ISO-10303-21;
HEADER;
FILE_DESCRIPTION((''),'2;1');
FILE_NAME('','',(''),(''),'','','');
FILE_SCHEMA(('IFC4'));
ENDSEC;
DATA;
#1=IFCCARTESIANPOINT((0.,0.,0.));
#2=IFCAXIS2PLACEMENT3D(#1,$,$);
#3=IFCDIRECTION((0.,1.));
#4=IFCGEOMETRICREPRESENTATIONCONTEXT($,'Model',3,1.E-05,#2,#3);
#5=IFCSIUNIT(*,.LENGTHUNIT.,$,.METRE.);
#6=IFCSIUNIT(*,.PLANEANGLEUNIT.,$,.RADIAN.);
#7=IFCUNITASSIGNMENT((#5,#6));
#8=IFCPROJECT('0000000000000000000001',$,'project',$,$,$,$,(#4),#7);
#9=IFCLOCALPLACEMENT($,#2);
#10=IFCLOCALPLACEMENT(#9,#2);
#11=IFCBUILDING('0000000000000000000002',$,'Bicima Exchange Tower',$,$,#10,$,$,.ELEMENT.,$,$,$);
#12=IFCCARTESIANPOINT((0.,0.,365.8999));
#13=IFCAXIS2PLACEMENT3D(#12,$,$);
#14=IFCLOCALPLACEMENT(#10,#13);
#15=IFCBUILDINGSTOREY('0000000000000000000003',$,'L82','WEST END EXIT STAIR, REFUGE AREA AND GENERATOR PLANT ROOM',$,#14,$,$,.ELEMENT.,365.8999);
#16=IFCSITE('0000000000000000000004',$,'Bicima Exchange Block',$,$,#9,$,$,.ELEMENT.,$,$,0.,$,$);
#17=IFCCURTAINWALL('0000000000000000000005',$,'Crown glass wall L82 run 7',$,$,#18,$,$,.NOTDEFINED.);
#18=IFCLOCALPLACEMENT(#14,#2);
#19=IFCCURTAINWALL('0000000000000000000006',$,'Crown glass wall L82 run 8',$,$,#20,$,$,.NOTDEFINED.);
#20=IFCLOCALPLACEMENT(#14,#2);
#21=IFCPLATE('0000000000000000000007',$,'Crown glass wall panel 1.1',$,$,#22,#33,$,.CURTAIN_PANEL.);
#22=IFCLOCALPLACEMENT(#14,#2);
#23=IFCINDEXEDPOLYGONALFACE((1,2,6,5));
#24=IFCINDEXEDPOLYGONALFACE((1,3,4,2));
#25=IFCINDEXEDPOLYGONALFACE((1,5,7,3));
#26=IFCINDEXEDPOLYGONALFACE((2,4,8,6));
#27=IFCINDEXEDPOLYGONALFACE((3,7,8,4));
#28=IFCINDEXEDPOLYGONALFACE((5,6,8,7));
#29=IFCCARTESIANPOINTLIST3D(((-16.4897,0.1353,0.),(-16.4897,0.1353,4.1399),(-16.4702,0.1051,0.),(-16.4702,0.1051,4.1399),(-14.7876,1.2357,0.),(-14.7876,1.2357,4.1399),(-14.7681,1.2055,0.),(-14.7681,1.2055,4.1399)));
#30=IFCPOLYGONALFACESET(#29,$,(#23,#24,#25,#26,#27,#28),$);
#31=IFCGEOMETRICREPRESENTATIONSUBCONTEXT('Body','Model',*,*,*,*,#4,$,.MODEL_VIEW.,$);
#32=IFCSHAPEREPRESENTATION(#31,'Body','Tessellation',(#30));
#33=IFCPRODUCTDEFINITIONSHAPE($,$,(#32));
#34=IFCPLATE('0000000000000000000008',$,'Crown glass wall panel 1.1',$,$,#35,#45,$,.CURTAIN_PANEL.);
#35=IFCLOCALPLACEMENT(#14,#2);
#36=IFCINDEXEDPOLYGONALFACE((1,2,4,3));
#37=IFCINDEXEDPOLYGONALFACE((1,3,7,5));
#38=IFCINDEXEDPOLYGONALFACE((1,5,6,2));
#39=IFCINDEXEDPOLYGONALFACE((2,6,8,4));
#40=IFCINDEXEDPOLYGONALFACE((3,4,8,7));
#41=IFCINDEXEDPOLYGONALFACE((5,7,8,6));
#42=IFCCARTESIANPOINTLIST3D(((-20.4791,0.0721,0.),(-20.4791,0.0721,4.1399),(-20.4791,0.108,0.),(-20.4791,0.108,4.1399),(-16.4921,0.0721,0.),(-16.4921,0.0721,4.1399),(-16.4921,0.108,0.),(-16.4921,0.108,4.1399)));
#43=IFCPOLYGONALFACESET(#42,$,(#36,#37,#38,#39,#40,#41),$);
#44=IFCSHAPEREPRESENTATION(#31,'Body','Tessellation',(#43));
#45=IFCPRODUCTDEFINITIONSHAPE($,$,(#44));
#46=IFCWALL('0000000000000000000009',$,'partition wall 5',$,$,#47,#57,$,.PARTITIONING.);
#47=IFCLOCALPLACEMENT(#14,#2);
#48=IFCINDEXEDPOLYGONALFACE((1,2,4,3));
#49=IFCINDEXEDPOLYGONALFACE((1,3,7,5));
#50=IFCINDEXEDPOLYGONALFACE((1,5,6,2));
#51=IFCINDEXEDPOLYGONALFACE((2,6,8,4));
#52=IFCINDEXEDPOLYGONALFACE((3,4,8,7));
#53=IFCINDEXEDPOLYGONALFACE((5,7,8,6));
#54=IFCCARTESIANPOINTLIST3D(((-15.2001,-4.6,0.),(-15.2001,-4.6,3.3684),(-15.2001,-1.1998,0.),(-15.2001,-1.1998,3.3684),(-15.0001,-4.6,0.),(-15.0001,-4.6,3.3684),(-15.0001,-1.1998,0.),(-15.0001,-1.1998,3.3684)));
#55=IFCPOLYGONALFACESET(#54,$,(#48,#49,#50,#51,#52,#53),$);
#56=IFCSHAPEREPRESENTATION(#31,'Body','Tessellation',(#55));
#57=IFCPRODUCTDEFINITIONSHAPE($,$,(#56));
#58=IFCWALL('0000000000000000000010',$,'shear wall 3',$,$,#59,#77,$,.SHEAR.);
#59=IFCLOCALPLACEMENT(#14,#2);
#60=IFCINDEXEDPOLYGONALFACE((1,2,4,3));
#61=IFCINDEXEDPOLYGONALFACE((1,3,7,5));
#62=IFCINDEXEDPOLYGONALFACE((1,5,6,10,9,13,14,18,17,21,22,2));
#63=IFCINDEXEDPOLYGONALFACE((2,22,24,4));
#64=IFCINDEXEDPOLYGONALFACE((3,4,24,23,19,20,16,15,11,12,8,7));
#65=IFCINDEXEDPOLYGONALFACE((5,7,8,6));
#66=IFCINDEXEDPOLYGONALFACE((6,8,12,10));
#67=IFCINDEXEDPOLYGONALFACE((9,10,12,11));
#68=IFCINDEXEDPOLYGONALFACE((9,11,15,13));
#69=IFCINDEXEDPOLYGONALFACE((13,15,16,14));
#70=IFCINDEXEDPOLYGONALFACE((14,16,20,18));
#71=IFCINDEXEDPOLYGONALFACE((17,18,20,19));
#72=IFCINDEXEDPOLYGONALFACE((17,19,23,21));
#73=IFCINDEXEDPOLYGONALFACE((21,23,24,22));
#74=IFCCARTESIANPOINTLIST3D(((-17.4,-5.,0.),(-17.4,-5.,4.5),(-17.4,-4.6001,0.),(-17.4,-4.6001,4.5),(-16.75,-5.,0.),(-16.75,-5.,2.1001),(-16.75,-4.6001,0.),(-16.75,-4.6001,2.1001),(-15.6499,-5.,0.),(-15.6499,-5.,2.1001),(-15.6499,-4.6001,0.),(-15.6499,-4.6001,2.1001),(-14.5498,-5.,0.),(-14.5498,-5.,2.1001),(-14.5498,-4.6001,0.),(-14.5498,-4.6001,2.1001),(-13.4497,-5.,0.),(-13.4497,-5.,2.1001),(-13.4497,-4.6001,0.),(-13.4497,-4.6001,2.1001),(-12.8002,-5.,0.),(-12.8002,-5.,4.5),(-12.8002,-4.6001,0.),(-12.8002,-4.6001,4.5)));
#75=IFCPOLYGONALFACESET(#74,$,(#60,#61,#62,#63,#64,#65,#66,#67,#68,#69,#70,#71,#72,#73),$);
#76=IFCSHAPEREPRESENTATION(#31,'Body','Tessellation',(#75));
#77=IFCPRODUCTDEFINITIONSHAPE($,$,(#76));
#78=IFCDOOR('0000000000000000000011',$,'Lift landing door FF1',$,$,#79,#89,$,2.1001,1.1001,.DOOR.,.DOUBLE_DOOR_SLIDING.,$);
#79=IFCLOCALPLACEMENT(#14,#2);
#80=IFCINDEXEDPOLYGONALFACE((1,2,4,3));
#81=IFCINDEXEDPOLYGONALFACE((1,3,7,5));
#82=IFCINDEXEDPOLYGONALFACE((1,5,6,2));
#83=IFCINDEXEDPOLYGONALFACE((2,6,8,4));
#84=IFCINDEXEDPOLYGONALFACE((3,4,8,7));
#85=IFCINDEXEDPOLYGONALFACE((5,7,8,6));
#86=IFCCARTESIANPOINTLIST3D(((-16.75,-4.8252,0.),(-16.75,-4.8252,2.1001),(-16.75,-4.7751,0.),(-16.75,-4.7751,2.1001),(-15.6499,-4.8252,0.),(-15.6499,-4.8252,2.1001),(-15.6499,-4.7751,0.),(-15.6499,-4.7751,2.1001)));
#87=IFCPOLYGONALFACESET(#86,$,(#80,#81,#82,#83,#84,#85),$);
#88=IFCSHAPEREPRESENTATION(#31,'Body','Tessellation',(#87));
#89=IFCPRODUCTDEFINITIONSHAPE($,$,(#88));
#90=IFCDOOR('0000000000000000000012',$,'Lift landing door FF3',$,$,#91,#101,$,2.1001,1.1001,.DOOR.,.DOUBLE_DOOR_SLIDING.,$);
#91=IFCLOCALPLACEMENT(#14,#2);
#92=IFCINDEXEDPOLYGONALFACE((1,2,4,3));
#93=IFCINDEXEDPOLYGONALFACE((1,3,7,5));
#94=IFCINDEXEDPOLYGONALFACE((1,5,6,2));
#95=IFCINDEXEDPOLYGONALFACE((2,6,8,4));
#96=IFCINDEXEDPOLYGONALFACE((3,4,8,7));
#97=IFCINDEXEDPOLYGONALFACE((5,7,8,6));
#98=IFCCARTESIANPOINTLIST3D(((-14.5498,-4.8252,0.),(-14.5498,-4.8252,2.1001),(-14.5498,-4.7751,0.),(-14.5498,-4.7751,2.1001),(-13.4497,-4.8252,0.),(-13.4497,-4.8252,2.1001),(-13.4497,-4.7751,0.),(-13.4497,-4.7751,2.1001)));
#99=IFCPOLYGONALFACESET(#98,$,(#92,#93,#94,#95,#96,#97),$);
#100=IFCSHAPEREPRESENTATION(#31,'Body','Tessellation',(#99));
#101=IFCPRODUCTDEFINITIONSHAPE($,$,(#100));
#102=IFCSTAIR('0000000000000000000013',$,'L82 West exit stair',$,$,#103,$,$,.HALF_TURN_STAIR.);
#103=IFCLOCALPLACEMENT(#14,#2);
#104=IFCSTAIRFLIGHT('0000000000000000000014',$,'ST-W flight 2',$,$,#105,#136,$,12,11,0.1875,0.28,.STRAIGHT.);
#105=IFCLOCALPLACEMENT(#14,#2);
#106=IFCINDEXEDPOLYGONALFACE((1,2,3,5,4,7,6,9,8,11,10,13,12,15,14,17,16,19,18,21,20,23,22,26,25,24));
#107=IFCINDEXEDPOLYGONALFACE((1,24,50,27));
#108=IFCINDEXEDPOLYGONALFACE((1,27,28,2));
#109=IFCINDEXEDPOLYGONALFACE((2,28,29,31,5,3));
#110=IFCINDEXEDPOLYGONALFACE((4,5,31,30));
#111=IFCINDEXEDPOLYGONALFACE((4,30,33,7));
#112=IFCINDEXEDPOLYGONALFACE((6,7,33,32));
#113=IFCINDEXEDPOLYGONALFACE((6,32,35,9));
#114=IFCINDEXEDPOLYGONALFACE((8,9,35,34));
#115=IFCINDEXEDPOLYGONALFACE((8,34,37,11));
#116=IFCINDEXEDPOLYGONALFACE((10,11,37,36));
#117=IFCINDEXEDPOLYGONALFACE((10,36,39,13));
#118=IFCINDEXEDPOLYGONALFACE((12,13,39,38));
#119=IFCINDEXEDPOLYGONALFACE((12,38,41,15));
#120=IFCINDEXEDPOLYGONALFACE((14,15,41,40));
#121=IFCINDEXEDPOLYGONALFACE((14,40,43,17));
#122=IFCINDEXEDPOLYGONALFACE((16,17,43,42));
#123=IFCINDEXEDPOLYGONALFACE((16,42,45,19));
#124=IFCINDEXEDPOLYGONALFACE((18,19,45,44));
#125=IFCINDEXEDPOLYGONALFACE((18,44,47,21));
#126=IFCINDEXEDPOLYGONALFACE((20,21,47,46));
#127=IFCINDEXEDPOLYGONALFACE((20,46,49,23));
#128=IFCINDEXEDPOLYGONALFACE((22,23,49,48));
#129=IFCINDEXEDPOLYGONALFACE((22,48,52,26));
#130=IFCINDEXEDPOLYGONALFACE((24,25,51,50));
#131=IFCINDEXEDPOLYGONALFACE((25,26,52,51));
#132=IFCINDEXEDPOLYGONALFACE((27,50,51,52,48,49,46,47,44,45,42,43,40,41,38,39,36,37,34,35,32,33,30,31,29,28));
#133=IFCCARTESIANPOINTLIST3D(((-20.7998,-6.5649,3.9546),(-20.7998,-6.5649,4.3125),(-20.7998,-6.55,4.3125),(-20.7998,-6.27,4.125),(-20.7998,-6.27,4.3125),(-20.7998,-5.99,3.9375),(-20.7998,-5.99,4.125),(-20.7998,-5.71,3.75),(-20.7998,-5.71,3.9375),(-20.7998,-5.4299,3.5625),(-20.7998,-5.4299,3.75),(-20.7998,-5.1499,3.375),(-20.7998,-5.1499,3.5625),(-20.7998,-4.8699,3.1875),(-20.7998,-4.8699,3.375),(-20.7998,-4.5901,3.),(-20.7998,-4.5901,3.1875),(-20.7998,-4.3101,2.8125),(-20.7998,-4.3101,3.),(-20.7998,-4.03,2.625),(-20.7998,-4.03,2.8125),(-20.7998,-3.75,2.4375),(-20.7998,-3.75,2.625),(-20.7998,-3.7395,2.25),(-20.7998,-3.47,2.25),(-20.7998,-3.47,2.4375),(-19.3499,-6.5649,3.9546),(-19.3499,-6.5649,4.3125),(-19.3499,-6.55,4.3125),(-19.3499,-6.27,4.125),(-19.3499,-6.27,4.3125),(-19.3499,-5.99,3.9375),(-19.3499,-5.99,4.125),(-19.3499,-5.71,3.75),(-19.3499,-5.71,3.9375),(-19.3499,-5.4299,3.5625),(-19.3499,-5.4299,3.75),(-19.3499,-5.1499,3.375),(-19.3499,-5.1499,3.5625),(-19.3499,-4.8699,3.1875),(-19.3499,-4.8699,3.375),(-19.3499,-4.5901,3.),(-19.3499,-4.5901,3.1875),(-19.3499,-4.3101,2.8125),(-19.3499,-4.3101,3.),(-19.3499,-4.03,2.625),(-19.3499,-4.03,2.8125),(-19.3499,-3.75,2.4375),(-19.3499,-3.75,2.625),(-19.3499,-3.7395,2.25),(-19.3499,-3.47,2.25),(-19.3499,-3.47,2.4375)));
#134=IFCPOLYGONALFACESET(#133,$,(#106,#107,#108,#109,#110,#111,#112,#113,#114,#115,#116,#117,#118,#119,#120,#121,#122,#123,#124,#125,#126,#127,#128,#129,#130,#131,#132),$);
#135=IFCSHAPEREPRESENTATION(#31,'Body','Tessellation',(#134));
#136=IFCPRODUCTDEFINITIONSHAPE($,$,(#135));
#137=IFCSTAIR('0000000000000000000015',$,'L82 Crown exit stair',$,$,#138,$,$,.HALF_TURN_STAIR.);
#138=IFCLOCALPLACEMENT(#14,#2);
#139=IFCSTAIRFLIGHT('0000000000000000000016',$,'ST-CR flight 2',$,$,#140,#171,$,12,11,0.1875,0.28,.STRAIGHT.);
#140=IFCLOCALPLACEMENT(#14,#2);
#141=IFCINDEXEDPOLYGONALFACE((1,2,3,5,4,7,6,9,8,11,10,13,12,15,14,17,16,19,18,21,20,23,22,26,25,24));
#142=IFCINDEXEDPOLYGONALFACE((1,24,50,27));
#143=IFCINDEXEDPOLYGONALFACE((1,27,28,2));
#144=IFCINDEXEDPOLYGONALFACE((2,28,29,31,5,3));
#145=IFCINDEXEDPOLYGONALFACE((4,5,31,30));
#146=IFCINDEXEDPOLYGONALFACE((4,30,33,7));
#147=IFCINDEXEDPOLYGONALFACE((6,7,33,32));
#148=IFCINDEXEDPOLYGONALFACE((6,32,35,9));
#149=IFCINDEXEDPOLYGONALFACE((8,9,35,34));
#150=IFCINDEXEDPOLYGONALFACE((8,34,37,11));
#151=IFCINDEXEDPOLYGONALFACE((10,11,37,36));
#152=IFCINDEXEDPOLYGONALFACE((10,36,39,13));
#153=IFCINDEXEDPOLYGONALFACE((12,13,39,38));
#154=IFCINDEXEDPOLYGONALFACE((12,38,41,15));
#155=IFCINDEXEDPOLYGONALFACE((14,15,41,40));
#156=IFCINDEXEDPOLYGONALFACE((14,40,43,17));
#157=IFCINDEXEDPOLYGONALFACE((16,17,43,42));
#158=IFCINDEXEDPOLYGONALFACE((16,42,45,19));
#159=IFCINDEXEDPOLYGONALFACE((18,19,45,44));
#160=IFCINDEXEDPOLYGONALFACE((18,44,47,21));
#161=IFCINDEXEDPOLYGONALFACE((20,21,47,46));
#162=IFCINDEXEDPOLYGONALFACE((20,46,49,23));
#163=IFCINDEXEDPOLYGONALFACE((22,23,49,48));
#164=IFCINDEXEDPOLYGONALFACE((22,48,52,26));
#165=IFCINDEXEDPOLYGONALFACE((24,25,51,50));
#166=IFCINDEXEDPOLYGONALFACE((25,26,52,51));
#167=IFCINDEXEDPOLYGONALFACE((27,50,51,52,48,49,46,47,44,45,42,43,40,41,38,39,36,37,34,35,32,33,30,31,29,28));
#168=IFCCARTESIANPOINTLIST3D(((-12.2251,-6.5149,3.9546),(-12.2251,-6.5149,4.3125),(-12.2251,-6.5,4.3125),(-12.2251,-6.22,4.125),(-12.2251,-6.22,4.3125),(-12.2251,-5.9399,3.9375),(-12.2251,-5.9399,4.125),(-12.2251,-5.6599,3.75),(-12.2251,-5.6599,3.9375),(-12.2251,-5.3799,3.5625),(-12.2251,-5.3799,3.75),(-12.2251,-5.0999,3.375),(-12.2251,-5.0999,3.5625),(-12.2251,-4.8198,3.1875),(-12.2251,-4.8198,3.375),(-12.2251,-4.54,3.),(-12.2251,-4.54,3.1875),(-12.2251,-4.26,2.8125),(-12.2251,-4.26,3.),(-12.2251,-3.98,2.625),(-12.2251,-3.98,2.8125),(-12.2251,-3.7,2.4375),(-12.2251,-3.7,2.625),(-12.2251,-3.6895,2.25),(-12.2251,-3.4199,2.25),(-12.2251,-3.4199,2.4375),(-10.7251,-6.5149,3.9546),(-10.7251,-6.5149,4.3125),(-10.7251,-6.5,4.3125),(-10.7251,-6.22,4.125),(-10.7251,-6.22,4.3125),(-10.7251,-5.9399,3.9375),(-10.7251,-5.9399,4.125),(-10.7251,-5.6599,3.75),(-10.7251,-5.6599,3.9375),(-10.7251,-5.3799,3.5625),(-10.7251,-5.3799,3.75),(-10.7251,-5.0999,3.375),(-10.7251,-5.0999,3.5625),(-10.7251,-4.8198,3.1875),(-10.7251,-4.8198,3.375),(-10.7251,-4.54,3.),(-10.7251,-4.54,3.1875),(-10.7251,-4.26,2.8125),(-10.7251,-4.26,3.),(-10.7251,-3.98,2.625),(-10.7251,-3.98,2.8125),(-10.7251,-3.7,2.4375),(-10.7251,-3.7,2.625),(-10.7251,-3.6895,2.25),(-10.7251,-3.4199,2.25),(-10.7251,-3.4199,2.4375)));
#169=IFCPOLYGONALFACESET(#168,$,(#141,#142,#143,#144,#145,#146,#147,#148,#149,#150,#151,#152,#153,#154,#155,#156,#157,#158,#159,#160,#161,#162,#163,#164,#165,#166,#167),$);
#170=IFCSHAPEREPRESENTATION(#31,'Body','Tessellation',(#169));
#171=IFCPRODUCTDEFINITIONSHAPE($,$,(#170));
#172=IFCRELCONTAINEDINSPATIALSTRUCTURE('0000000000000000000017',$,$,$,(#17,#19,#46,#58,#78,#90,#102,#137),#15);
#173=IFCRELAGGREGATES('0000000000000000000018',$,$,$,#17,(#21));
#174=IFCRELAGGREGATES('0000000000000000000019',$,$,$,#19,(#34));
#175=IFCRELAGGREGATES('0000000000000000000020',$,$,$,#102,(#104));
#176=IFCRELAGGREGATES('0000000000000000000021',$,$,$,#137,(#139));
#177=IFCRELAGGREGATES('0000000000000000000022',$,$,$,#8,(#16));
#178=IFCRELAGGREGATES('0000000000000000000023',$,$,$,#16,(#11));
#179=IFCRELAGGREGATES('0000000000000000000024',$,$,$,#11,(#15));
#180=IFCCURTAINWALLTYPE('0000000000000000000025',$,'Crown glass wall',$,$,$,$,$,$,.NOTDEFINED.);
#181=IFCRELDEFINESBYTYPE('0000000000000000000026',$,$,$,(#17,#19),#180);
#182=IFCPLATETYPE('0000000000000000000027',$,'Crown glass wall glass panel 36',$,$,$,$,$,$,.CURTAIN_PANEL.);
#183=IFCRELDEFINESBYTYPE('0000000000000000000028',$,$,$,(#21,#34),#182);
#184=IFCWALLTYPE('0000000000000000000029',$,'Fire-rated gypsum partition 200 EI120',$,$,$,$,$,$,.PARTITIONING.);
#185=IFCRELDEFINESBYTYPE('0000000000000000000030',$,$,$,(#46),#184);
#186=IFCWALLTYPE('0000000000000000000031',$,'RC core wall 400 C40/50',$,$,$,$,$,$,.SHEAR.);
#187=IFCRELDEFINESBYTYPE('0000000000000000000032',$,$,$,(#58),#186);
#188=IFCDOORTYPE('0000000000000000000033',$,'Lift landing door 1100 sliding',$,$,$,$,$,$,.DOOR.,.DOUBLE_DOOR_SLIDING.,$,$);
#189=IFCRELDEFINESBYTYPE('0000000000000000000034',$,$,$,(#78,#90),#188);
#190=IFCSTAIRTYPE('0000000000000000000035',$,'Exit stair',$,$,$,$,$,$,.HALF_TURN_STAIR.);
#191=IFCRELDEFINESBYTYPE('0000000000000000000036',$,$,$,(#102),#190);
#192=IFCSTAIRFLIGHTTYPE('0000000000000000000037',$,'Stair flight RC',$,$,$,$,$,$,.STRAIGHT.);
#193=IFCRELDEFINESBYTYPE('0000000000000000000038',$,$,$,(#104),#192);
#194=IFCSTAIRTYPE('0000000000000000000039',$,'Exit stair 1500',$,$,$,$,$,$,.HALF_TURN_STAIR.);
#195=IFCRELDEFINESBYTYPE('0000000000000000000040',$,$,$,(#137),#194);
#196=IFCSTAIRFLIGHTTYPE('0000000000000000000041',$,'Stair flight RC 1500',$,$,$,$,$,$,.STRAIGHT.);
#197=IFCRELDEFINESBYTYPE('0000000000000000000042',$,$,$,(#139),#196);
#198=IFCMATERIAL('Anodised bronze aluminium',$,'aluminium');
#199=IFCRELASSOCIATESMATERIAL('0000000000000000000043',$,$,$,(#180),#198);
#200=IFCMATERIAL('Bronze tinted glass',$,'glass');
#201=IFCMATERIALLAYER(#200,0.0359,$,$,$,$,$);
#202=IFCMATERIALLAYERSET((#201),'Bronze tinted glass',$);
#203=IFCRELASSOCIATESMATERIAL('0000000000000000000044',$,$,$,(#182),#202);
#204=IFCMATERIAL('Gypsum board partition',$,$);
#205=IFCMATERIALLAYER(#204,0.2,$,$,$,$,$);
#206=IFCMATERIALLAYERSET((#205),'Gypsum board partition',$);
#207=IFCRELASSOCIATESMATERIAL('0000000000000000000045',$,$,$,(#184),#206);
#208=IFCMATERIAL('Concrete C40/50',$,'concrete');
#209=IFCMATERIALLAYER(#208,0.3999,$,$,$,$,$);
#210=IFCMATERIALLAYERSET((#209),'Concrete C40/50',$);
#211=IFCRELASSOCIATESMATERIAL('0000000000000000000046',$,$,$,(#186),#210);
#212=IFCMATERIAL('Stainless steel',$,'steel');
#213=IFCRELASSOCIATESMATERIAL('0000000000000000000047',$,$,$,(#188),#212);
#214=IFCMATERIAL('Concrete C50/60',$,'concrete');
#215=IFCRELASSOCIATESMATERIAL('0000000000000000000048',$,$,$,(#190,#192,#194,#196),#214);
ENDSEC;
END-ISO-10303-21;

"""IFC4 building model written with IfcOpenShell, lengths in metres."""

from ifc_helpers import new_model, si_unit, direction, frame, frame_2d, origin, origin_2d, place, context, subcontext, project, spatial, polyline, rectangle, outline, extrude, material, layer, layer_set, type_object, element, fill, aggregate, save


model = new_model("IFC4")

# Units and contexts
model_context = context("Model", 3, precision=1e-05, world=origin(), true_north=direction((0.0, 1.0)))
body_context = subcontext(model_context, "Body", "Model", "MODEL_VIEW")
ifc_project = project(units=[si_unit("LENGTHUNIT", "METRE"), si_unit("PLANEANGLEUNIT", "RADIAN")], contexts=[model_context])

# Site, building, storey
site_placement = place(None, origin())
site = spatial("IfcSite", under=ifc_project, at=site_placement, Name="Bicima Exchange Block", CompositionType="ELEMENT", RefElevation=0.0)
building_placement = place(site_placement, origin())
building = spatial("IfcBuilding", under=site, at=building_placement, Name="Bicima Exchange Tower", CompositionType="ELEMENT")
storey_placement = place(building_placement, frame((0.0, 0.0, 365.8999)))
storey = spatial("IfcBuildingStorey", under=building, at=storey_placement, Name="L82", Description="WEST END EXIT STAIR, REFUGE AREA AND GENERATOR PLANT ROOM", CompositionType="ELEMENT", Elevation=365.8999)

# Curtain walls
ifc_material_1 = material(Name="Anodised bronze aluminium", Category="aluminium")
curtain_wall_type = type_object("IfcCurtainWallType", Name="Crown glass wall", PredefinedType="NOTDEFINED", material=ifc_material_1)
curtain_wall_1_placement = place(storey_placement, origin())
curtain_wall_1 = element("IfcCurtainWall", 1, at=curtain_wall_1_placement, inside=storey, type_object=curtain_wall_type, Name="Crown glass wall L82 run 7", PredefinedType="NOTDEFINED")
curtain_wall_2_placement = place(storey_placement, origin())
curtain_wall_2 = element("IfcCurtainWall", 2, at=curtain_wall_2_placement, inside=storey, type_object=curtain_wall_type, Name="Crown glass wall L82 run 8", PredefinedType="NOTDEFINED")

# Plates
ifc_material_2 = material(Name="Bronze tinted glass", Category="glass")
ifc_layer_1 = layer(ifc_material_2, 0.0359)
ifc_layer_set_1 = layer_set([ifc_layer_1], Name="Bronze tinted glass")
plate_type = type_object("IfcPlateType", Name="Crown glass wall glass panel 36", PredefinedType="CURTAIN_PANEL", material=ifc_layer_set_1)
plate_1_placement = place(storey_placement, frame((-15.6289, 0.6704, 0.0), z_axis=(0.0, 0.0, 1.0), x_axis=(-0.83979, -0.542911, 0.0)))
plate_1 = element("IfcPlate", 3, at=plate_1_placement, type_object=plate_type, Name="Crown glass wall panel 1.1", PredefinedType="CURTAIN_PANEL", context=body_context, shape_type="SweptSolid", body=[
    extrude(rectangle(XDim=2.0269, YDim=0.0359, at=origin_2d()), origin(), (0.0, 0.0, 1.0), 4.1399),
])
aggregate(curtain_wall_1, [plate_1])
plate_2_placement = place(storey_placement, frame((-18.4856, 0.0901, 0.0), z_axis=(0.0, 0.0, 1.0), x_axis=(-1.0, 0.0, 0.0)))
plate_2 = element("IfcPlate", 4, at=plate_2_placement, type_object=plate_type, Name="Crown glass wall panel 1.1", PredefinedType="CURTAIN_PANEL", context=body_context, shape_type="SweptSolid", body=[
    extrude(rectangle(XDim=3.9871, YDim=0.0359, at=origin_2d()), origin(), (0.0, 0.0, 1.0), 4.1399),
])
aggregate(curtain_wall_2, [plate_2])

# Wall
ifc_material_3 = material(Name="Gypsum board partition")
ifc_layer_2 = layer(ifc_material_3, 0.2)
ifc_layer_set_2 = layer_set([ifc_layer_2], Name="Gypsum board partition")
wall_type_1 = type_object("IfcWallType", Name="Fire-rated gypsum partition 200 EI120", PredefinedType="PARTITIONING", material=ifc_layer_set_2)
wall_1_placement = place(storey_placement, frame((-15.1001, -4.6001, 0.0), z_axis=(0.0, 0.0, 1.0), x_axis=(0.0, 1.0, 0.0)))
element("IfcWall", 5, at=wall_1_placement, inside=storey, type_object=wall_type_1, Name="partition wall 5", PredefinedType="PARTITIONING", context=body_context, shape_type="SweptSolid", body=[
    extrude(rectangle(XDim=3.4001, YDim=0.2, at=frame_2d((1.7002, 0.0))), origin(), (0.0, 0.0, 1.0), 3.3684),
])

# Wall, openings, doors
ifc_material_4 = material(Name="Concrete C40/50", Category="concrete")
ifc_layer_3 = layer(ifc_material_4, 0.3999)
ifc_layer_set_3 = layer_set([ifc_layer_3], Name="Concrete C40/50")
wall_type_2 = type_object("IfcWallType", Name="RC core wall 400 C40/50", PredefinedType="SHEAR", material=ifc_layer_set_3)
wall_2_placement = place(storey_placement, frame((-17.3999, -4.8, 0.0), z_axis=(0.0, 0.0, 1.0), x_axis=(1.0, 0.0, 0.0)))
wall_2 = element("IfcWall", 6, at=wall_2_placement, inside=storey, type_object=wall_type_2, Name="shear wall 3", PredefinedType="SHEAR", context=body_context, shape_type="SweptSolid", body=[
    extrude(rectangle(XDim=4.5999, YDim=0.3999, at=frame_2d((2.2998, 0.0))), origin(), (0.0, 0.0, 1.0), 4.5),
])
opening_1_placement = place(wall_2_placement, frame((0.6499, 0.0, 0.0)))
opening_1 = element("IfcOpeningElement", 7, at=opening_1_placement, cuts=wall_2, PredefinedType="OPENING", context=body_context, shape_type="SweptSolid", body=[
    extrude(rectangle(XDim=1.1001, YDim=2.1001, at=frame_2d((0.55, 1.05))), frame((0.0, 0.2119, 0.0), z_axis=(0.0, -1.0, 0.0), x_axis=(1.0, 0.0, 0.0)), (0.0, 0.0, 1.0), 0.4238),
])
opening_2_placement = place(wall_2_placement, frame((2.8501, 0.0, 0.0)))
opening_2 = element("IfcOpeningElement", 8, at=opening_2_placement, cuts=wall_2, PredefinedType="OPENING", context=body_context, shape_type="SweptSolid", body=[
    extrude(rectangle(XDim=1.1001, YDim=2.1001, at=frame_2d((0.55, 1.05))), frame((0.0, 0.2119, 0.0), z_axis=(0.0, -1.0, 0.0), x_axis=(1.0, 0.0, 0.0)), (0.0, 0.0, 1.0), 0.4238),
])
ifc_material_5 = material(Name="Stainless steel", Category="steel")
door_type = type_object("IfcDoorType", Name="Lift landing door 1100 sliding", OperationType="DOUBLE_DOOR_SLIDING", PredefinedType="DOOR", material=ifc_material_5)
door_1_placement = place(opening_1_placement, origin())
door_1 = element("IfcDoor", 9, at=door_1_placement, inside=storey, type_object=door_type, Name="Lift landing door FF1", OperationType="DOUBLE_DOOR_SLIDING", OverallHeight=2.1001, OverallWidth=1.1001, PredefinedType="DOOR", context=body_context, shape_type="SweptSolid", body=[
    extrude(rectangle(XDim=1.1001, YDim=2.1001, at=frame_2d((0.55, 1.05))), frame((0.0, 0.0249, 0.0), z_axis=(0.0, -1.0, 0.0), x_axis=(1.0, 0.0, 0.0)), (0.0, 0.0, 1.0), 0.05),
])
fill(opening_1, door_1)
door_2_placement = place(opening_2_placement, origin())
door_2 = element("IfcDoor", 10, at=door_2_placement, inside=storey, type_object=door_type, Name="Lift landing door FF3", OperationType="DOUBLE_DOOR_SLIDING", OverallHeight=2.1001, OverallWidth=1.1001, PredefinedType="DOOR", context=body_context, shape_type="SweptSolid", body=[
    extrude(rectangle(XDim=1.1001, YDim=2.1001, at=frame_2d((0.55, 1.05))), frame((0.0, 0.0249, 0.0), z_axis=(0.0, -1.0, 0.0), x_axis=(1.0, 0.0, 0.0)), (0.0, 0.0, 1.0), 0.05),
])
fill(opening_2, door_2)

# Stairs, stair flights
ifc_material_6 = material(Name="Concrete C50/60", Category="concrete")
stair_type_1 = type_object("IfcStairType", Name="Exit stair", PredefinedType="HALF_TURN_STAIR", material=ifc_material_6)
stair_1_placement = place(storey_placement, origin())
stair_1 = element("IfcStair", 11, at=stair_1_placement, inside=storey, type_object=stair_type_1, Name="L82 West exit stair", PredefinedType="HALF_TURN_STAIR")
stair_flight_type_1 = type_object("IfcStairFlightType", Name="Stair flight RC", PredefinedType="STRAIGHT", material=ifc_material_6)
stair_flight_1_placement = place(storey_placement, frame((-20.075, -3.47, 2.25), z_axis=(0.0, 0.0, 1.0), x_axis=(0.0, -1.0, 0.0)))
stair_flight_1 = element("IfcStairFlight", 12, at=stair_flight_1_placement, type_object=stair_flight_type_1, Name="ST-W flight 2", NumberOfRisers=12, NumberOfTreads=11, PredefinedType="STRAIGHT", RiserHeight=0.1875, TreadLength=0.28, context=body_context, shape_type="SweptSolid", body=[
    extrude(outline(polyline([(0.0, 0.0), (0.0, 0.1875), (0.28, 0.1875), (0.28, 0.375), (0.5601, 0.375), (0.5601, 0.5625), (0.8401, 0.5625), (0.8401, 0.75), (1.1201, 0.75), (1.1201, 0.9375), (1.3999, 0.9375), (1.3999, 1.125), (1.6799, 1.125), (1.6799, 1.3125), (1.96, 1.3125), (1.96, 1.5), (2.24, 1.5), (2.24, 1.6875), (2.52, 1.6875), (2.52, 1.875), (2.8, 1.875), (2.8, 2.0625), (3.0801, 2.0625), (3.095, 2.0625), (3.095, 1.7046), (0.2695, 0.0), (0.0, 0.0)])), frame((0.0, 0.7251, 0.0), z_axis=(0.0, -1.0, 0.0), x_axis=(1.0, 0.0, 0.0)), (0.0, 0.0, 1.0), 1.45),
])
aggregate(stair_1, [stair_flight_1])
stair_type_2 = type_object("IfcStairType", Name="Exit stair 1500", PredefinedType="HALF_TURN_STAIR", material=ifc_material_6)
stair_2_placement = place(storey_placement, origin())
stair_2 = element("IfcStair", 13, at=stair_2_placement, inside=storey, type_object=stair_type_2, Name="L82 Crown exit stair", PredefinedType="HALF_TURN_STAIR")
stair_flight_type_2 = type_object("IfcStairFlightType", Name="Stair flight RC 1500", PredefinedType="STRAIGHT", material=ifc_material_6)
stair_flight_2_placement = place(storey_placement, frame((-11.4751, -3.4199, 2.25), z_axis=(0.0, 0.0, 1.0), x_axis=(0.0, -1.0, 0.0)))
stair_flight_2 = element("IfcStairFlight", 14, at=stair_flight_2_placement, type_object=stair_flight_type_2, Name="ST-CR flight 2", NumberOfRisers=12, NumberOfTreads=11, PredefinedType="STRAIGHT", RiserHeight=0.1875, TreadLength=0.28, context=body_context, shape_type="SweptSolid", body=[
    extrude(outline(polyline([(0.0, 0.0), (0.0, 0.1875), (0.28, 0.1875), (0.28, 0.375), (0.5601, 0.375), (0.5601, 0.5625), (0.8401, 0.5625), (0.8401, 0.75), (1.1201, 0.75), (1.1201, 0.9375), (1.3999, 0.9375), (1.3999, 1.125), (1.6799, 1.125), (1.6799, 1.3125), (1.96, 1.3125), (1.96, 1.5), (2.24, 1.5), (2.24, 1.6875), (2.52, 1.6875), (2.52, 1.875), (2.8, 1.875), (2.8, 2.0625), (3.0801, 2.0625), (3.095, 2.0625), (3.095, 1.7046), (0.2695, 0.0), (0.0, 0.0)])), frame((0.0, 0.75, 0.0), z_axis=(0.0, -1.0, 0.0), x_axis=(1.0, 0.0, 0.0)), (0.0, 0.0, 1.0), 1.5),
])
aggregate(stair_2, [stair_flight_2])

save(model, "model.ifc")
